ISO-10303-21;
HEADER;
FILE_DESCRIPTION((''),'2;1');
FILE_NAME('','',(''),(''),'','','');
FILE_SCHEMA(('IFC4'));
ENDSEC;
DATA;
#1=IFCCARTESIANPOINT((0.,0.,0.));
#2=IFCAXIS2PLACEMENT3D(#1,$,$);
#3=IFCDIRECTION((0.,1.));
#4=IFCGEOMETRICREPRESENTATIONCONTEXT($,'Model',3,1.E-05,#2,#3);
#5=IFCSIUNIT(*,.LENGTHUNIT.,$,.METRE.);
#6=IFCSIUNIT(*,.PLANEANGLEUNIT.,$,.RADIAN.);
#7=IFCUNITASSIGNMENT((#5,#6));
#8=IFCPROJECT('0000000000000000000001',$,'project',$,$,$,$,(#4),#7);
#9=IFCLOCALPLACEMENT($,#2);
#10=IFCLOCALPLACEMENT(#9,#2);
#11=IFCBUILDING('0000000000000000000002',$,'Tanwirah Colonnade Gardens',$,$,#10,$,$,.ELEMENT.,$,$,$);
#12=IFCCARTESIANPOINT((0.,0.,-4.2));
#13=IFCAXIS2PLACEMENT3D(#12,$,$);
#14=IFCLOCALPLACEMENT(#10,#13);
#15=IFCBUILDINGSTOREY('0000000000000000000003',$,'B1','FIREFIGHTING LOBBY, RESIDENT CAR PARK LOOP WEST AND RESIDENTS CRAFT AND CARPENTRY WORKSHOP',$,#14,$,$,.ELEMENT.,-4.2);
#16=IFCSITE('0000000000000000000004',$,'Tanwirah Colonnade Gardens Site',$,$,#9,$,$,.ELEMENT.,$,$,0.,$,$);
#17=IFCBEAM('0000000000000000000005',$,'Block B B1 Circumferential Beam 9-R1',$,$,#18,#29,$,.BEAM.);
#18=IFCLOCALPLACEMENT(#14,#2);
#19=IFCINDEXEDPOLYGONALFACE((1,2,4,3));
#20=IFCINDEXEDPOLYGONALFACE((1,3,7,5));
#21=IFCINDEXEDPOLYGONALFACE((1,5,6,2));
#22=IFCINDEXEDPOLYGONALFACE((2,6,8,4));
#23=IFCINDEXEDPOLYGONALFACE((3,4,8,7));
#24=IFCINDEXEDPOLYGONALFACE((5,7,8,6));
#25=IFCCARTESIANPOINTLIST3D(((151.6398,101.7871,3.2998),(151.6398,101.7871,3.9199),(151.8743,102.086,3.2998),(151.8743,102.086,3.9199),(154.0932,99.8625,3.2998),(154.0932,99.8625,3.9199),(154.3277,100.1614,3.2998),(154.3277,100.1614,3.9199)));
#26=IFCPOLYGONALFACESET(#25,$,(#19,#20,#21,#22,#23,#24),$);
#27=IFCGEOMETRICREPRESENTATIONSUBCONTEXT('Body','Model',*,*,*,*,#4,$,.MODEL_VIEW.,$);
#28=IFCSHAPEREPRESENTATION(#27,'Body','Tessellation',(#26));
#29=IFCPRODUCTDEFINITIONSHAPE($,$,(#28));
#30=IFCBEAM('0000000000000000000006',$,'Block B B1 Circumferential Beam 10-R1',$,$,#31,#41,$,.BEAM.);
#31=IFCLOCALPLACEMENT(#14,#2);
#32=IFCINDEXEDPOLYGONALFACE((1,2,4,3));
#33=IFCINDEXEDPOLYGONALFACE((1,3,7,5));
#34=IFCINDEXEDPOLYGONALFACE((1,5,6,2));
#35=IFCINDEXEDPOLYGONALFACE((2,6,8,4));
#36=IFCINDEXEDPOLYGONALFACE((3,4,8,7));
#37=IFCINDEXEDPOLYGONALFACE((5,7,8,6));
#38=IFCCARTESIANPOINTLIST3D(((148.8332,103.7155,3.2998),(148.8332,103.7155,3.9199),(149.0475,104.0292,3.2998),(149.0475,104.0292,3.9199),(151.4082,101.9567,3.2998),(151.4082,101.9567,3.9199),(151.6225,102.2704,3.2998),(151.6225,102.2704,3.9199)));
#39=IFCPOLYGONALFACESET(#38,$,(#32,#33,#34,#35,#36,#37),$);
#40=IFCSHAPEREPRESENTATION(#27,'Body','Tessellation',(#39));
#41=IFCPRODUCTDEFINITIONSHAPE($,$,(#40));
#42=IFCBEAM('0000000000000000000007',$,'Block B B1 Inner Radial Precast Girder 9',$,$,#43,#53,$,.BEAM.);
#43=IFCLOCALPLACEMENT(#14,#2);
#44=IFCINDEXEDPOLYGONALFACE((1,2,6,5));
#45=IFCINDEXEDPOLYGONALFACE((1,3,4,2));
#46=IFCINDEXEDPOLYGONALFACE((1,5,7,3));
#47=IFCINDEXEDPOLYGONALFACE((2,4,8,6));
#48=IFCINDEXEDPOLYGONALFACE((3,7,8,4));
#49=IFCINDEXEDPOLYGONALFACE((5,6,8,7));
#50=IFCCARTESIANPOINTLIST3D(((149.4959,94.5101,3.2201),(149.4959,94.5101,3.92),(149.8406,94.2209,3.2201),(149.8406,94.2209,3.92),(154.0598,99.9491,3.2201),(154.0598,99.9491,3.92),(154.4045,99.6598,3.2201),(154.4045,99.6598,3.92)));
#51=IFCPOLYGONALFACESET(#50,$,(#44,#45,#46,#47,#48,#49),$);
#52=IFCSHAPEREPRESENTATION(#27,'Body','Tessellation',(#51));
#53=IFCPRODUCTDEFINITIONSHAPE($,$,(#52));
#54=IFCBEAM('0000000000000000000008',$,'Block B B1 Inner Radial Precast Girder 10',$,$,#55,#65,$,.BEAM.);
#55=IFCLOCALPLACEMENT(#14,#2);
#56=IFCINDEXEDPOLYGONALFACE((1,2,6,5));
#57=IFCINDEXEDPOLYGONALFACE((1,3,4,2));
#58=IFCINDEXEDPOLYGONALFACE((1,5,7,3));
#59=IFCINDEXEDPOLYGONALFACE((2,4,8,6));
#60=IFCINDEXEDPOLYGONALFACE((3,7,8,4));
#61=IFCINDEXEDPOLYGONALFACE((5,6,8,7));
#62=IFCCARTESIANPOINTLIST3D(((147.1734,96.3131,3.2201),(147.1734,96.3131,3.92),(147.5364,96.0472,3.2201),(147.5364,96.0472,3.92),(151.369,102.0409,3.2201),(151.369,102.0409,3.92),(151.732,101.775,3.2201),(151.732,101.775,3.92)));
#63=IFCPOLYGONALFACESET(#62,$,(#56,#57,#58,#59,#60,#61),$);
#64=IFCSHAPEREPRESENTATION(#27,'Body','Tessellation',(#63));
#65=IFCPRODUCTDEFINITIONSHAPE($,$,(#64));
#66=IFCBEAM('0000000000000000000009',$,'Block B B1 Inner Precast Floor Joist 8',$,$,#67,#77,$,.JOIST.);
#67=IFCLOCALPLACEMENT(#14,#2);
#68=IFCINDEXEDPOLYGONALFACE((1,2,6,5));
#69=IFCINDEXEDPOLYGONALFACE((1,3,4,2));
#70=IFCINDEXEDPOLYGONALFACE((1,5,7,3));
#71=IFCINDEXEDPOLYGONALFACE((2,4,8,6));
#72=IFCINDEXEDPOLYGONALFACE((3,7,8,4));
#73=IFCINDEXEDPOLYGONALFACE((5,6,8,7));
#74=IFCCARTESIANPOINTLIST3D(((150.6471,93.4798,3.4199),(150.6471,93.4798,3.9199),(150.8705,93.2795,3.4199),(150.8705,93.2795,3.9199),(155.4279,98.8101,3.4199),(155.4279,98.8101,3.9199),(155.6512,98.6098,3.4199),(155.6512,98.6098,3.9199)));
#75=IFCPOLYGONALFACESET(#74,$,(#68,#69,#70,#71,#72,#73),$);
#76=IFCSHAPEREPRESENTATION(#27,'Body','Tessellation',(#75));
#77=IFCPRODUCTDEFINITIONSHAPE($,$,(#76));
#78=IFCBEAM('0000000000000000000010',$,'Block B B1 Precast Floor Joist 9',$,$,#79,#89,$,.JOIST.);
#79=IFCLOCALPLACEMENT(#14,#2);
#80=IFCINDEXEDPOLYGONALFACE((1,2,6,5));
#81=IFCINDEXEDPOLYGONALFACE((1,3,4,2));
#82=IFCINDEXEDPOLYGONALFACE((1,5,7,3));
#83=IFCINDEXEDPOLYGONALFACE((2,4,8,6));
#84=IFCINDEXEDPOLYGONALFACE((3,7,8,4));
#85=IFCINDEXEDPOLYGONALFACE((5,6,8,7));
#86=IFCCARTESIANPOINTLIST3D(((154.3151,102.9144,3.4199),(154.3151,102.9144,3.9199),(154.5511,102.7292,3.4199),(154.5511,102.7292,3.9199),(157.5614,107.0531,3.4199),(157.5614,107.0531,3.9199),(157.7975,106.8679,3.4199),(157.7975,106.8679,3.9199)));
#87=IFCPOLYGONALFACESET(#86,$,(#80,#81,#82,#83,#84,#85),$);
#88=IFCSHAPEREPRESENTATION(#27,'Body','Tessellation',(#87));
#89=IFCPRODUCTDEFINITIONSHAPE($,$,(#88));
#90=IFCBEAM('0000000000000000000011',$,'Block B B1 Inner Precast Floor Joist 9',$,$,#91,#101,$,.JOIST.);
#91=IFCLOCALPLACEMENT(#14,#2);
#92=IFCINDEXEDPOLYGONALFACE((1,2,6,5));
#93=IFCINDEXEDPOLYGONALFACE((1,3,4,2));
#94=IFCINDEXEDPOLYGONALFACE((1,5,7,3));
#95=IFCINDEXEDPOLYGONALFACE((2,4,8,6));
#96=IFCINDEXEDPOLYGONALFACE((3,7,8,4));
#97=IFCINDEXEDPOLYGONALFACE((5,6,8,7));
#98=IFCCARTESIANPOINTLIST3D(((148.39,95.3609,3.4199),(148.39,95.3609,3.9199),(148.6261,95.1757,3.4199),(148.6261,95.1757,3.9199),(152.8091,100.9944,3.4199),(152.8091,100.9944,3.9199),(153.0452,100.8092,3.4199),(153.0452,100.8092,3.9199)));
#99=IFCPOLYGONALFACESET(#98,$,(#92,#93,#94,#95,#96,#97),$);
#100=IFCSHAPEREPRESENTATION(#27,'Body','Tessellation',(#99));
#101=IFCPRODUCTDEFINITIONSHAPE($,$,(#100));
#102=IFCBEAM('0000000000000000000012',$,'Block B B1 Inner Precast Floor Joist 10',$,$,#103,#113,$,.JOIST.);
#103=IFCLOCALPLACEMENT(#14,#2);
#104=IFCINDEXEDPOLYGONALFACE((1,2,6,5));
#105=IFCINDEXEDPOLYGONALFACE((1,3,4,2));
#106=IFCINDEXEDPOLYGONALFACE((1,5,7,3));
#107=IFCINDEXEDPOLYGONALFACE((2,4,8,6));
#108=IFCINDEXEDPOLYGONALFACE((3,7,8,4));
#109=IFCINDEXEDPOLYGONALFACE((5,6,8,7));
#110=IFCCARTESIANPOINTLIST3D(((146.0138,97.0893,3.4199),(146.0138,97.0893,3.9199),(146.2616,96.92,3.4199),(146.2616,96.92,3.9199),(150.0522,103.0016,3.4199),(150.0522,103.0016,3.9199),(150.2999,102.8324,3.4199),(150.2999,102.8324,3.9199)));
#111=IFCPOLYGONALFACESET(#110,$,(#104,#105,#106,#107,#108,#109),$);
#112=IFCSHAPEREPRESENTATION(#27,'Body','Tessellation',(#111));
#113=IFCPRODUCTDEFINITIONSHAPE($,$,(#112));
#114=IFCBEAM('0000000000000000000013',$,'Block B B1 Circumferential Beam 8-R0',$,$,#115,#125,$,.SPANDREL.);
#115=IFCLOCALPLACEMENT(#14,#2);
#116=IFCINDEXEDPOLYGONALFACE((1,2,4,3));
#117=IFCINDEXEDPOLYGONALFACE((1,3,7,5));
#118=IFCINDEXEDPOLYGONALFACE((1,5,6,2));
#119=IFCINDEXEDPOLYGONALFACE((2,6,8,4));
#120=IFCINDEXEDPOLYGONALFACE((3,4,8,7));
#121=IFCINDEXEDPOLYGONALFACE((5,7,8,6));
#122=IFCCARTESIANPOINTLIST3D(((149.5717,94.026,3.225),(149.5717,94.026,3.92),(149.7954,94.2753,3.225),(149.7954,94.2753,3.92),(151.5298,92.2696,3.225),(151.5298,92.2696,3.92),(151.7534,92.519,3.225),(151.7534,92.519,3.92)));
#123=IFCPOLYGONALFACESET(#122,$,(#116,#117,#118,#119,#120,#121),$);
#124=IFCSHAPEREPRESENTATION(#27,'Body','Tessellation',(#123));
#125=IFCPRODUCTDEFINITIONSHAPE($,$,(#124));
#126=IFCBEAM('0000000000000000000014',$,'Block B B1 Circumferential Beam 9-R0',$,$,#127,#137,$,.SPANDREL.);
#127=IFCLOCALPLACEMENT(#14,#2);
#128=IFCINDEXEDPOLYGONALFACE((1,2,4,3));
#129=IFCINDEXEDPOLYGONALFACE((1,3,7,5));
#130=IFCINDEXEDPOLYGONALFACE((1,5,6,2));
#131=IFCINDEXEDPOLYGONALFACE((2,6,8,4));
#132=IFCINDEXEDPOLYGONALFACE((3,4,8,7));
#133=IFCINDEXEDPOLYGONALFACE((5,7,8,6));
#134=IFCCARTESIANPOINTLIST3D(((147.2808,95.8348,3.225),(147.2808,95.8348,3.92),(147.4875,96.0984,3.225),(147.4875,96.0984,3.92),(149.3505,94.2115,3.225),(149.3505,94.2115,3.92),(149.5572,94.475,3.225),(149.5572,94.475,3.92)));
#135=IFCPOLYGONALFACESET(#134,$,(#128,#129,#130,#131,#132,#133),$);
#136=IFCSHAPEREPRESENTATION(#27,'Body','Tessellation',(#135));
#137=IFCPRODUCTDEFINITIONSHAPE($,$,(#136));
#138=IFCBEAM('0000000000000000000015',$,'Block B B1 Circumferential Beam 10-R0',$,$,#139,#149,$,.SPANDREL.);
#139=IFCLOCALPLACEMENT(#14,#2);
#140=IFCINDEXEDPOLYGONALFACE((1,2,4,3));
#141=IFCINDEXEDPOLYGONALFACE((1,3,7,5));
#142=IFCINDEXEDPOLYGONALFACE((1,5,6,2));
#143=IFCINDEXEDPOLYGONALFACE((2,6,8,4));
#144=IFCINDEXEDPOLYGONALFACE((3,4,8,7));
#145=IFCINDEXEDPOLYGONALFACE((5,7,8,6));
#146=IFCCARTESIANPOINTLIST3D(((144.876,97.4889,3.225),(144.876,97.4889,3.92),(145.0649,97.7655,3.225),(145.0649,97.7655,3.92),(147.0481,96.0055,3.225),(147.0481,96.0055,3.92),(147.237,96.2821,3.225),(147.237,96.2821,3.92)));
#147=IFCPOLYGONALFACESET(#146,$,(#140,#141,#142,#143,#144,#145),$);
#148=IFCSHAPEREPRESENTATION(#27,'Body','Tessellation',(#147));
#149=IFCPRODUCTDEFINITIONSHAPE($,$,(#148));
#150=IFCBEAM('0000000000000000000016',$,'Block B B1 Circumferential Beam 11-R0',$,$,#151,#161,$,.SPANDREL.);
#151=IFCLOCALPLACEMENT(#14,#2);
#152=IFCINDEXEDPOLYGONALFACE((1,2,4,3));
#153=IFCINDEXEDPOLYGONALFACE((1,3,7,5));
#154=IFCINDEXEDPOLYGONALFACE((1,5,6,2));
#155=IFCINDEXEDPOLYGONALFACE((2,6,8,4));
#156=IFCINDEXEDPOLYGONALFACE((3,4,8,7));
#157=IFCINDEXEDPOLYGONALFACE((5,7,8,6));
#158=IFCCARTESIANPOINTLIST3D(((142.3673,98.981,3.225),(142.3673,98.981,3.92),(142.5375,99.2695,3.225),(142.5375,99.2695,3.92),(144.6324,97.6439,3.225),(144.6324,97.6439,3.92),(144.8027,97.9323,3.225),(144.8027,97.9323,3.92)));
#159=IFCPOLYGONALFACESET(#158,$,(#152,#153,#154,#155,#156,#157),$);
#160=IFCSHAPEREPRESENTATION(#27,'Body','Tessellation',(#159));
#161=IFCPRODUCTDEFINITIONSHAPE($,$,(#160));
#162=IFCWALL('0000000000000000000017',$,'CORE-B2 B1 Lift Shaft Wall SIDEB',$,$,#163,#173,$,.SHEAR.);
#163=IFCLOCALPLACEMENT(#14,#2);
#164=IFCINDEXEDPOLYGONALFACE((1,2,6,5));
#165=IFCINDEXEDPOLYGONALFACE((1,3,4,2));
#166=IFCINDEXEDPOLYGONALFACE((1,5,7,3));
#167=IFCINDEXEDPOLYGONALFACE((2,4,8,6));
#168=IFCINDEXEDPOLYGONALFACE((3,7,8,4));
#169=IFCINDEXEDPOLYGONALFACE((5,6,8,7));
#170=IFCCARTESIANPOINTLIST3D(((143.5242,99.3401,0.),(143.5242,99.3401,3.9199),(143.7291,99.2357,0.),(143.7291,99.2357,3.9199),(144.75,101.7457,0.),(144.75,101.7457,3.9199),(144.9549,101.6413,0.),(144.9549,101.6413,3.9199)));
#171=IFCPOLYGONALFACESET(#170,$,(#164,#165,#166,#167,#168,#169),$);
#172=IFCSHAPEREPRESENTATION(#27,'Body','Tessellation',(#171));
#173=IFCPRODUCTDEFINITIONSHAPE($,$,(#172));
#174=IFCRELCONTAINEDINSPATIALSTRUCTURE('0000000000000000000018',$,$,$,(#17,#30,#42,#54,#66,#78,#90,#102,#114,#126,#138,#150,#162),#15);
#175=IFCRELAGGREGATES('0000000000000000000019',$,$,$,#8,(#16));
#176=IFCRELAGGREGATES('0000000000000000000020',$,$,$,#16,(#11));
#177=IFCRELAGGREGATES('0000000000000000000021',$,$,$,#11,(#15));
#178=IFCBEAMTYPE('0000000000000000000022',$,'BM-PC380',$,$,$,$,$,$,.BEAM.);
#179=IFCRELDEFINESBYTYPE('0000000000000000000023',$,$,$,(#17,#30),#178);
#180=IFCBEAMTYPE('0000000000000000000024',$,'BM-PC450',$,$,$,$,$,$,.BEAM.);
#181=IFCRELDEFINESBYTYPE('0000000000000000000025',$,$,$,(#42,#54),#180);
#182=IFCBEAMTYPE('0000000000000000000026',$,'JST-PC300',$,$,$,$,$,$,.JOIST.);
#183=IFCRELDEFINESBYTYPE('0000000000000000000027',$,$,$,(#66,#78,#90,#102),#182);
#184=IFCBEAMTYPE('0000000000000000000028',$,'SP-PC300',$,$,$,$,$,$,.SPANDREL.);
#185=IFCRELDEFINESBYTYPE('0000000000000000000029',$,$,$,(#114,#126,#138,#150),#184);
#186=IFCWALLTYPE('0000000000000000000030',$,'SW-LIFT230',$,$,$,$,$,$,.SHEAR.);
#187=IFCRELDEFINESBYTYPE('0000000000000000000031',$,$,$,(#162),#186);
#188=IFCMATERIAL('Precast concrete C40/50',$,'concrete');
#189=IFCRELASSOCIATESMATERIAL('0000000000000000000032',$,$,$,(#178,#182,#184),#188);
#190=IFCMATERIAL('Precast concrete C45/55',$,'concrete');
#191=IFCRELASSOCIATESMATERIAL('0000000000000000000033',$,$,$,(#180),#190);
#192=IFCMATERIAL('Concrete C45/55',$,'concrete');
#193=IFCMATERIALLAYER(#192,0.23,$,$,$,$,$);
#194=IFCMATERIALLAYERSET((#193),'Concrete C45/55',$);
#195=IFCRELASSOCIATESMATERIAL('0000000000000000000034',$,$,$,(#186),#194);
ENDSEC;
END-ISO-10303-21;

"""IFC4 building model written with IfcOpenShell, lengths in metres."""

from ifc_helpers import new_model, si_unit, direction, frame, frame_2d, origin, origin_2d, place, context, subcontext, project, spatial, rectangle, extrude, material, layer, layer_set, material_profile, profile_set, type_object, element, save


model = new_model("IFC4")

# Units and contexts
model_context = context("Model", 3, precision=1e-05, world=origin(), true_north=direction((0.0, 1.0)))
body_context = subcontext(model_context, "Body", "Model", "MODEL_VIEW")
ifc_project = project(units=[si_unit("LENGTHUNIT", "METRE"), si_unit("PLANEANGLEUNIT", "RADIAN")], contexts=[model_context])

# Site, building, storey
site_placement = place(None, origin())
site = spatial("IfcSite", under=ifc_project, at=site_placement, Name="Tanwirah Colonnade Gardens Site", CompositionType="ELEMENT", RefElevation=0.0)
building_placement = place(site_placement, origin())
building = spatial("IfcBuilding", under=site, at=building_placement, Name="Tanwirah Colonnade Gardens", CompositionType="ELEMENT")
storey_placement = place(building_placement, frame((0.0, 0.0, -4.2)))
storey = spatial("IfcBuildingStorey", under=building, at=storey_placement, Name="B1", Description="FIREFIGHTING LOBBY, RESIDENT CAR PARK LOOP WEST AND RESIDENTS CRAFT AND CARPENTRY WORKSHOP", CompositionType="ELEMENT", Elevation=-4.2)

# Shared definitions
ifc_material_1 = material(Name="Concrete C45/55", Category="concrete")

# Beams
ifc_material_2 = material(Name="Precast concrete C40/50", Category="concrete")
ifc_material_profile_1 = material_profile(ifc_material_2, rectangle(XDim=0.3799, YDim=0.6201, at=origin_2d()), Name="PC-BM 380x620")
ifc_profile_set_1 = profile_set([ifc_material_profile_1], Name="Precast concrete C40/50")
beam_type_1 = type_object("IfcBeamType", Name="BM-PC380", PredefinedType="BEAM", material=ifc_profile_set_1)
beam_1_placement = place(storey_placement, frame((154.2104, 100.012, 3.6099), z_axis=(-0.786799, 0.617209, 0.0), x_axis=(-0.617209, -0.786799, 0.0)))
element("IfcBeam", 1, at=beam_1_placement, inside=storey, type_object=beam_type_1, Name="Block B B1 Circumferential Beam 9-R1", PredefinedType="BEAM", context=body_context, shape_type="SweptSolid", body=[
    extrude(rectangle(XDim=0.3799, YDim=0.6201, at=origin_2d()), origin(), (0.0, 0.0, 1.0), 3.1182),
])
beam_2_placement = place(storey_placement, frame((151.5154, 102.1135, 3.6099), z_axis=(-0.825758, 0.564024, 0.0), x_axis=(-0.564024, -0.825758, 0.0)))
element("IfcBeam", 2, at=beam_2_placement, inside=storey, type_object=beam_type_1, Name="Block B B1 Circumferential Beam 10-R1", PredefinedType="BEAM", context=body_context, shape_type="SweptSolid", body=[
    extrude(rectangle(XDim=0.3799, YDim=0.6201, at=origin_2d()), origin(), (0.0, 0.0, 1.0), 3.1184),
])
ifc_material_3 = material(Name="Precast concrete C45/55", Category="concrete")
ifc_material_profile_2 = material_profile(ifc_material_3, rectangle(XDim=0.45, YDim=0.7, at=origin_2d()), Name="PC-BM 450x700")
ifc_profile_set_2 = profile_set([ifc_material_profile_2], Name="Precast concrete C45/55")
beam_type_2 = type_object("IfcBeamType", Name="BM-PC450", PredefinedType="BEAM", material=ifc_profile_set_2)
for number, where, z_axis, x_axis, name in (
    (3, (154.2322, 99.8044, 3.5701), (-0.642798, -0.766035, 0.0), (0.766035, -0.642798, 0.0), "Block B B1 Inner Radial Precast Girder 9"),
    (4, (151.5505, 101.908, 3.5701), (-0.590922, -0.806728, 0.0), (0.806728, -0.590922, 0.0), "Block B B1 Inner Radial Precast Girder 10"),
):
    element("IfcBeam", number, at=place(storey_placement, frame(where, z_axis=z_axis, x_axis=x_axis)), inside=storey, type_object=beam_type_2, Name=name, PredefinedType="BEAM", context=body_context, shape_type="SweptSolid", body=[
        extrude(rectangle(XDim=0.45, YDim=0.7, at=origin_2d()), origin(), (0.0, 0.0, 1.0), 7.1001),
    ])
ifc_material_profile_3 = material_profile(ifc_material_2, rectangle(XDim=0.3, YDim=0.5, at=origin_2d()), Name="PC-JST 300x500")
ifc_profile_set_3 = profile_set([ifc_material_profile_3], Name="Precast concrete C40/50")
beam_type_3 = type_object("IfcBeamType", Name="JST-PC300", PredefinedType="JOIST", material=ifc_profile_set_3)
beam_3_placement = place(storey_placement, frame((150.7588, 93.3796, 3.6699), z_axis=(0.667688, 0.744441, 0.0), x_axis=(-0.744441, 0.667688, 0.0)))
element("IfcBeam", 5, at=beam_3_placement, inside=storey, type_object=beam_type_3, Name="Block B B1 Inner Precast Floor Joist 8", PredefinedType="JOIST", context=body_context, shape_type="SweptSolid", body=[
    extrude(rectangle(XDim=0.3, YDim=0.5, at=origin_2d()), origin(), (0.0, 0.0, 1.0), 7.1602),
])
beam_4_placement = place(storey_placement, frame((154.4331, 102.8218, 3.6699), z_axis=(0.617178, 0.786824, 0.0), x_axis=(-0.786824, 0.617178, 0.0)))
element("IfcBeam", 6, at=beam_4_placement, inside=storey, type_object=beam_type_3, Name="Block B B1 Precast Floor Joist 9", PredefinedType="JOIST", context=body_context, shape_type="SweptSolid", body=[
    extrude(rectangle(XDim=0.3, YDim=0.5, at=origin_2d()), origin(), (0.0, 0.0, 1.0), 5.26),
])
for number, where, z_axis, x_axis, name in (
    (7, (148.5081, 95.2683, 3.6699), (0.617202, 0.786804, 0.0), (-0.786804, 0.617202, 0.0), "Block B B1 Inner Precast Floor Joist 9"),
    (8, (146.1377, 97.0046, 3.6699), (0.564021, 0.82576, 0.0), (-0.82576, 0.564021, 0.0), "Block B B1 Inner Precast Floor Joist 10"),
):
    element("IfcBeam", number, at=place(storey_placement, frame(where, z_axis=z_axis, x_axis=x_axis)), inside=storey, type_object=beam_type_3, Name=name, PredefinedType="JOIST", context=body_context, shape_type="SweptSolid", body=[
        extrude(rectangle(XDim=0.3, YDim=0.5, at=origin_2d()), origin(), (0.0, 0.0, 1.0), 7.1599),
    ])
ifc_material_profile_4 = material_profile(ifc_material_2, rectangle(XDim=0.335, YDim=0.6951, at=origin_2d()), Name="PC-SP 335x695")
ifc_profile_set_4 = profile_set([ifc_material_profile_4], Name="Precast concrete C40/50")
beam_type_4 = type_object("IfcBeamType", Name="SP-PC300", PredefinedType="SPANDREL", material=ifc_profile_set_4)
for number, where, z_axis, x_axis, name in (
    (9, (151.6416, 92.3943, 3.5725), (-0.744401, 0.667733, 0.0), (-0.667733, -0.744401, 0.0), "Block B B1 Circumferential Beam 8-R0"),
    (10, (149.4539, 94.3433, 3.5725), (-0.786837, 0.617161, 0.0), (-0.617161, -0.786837, 0.0), "Block B B1 Circumferential Beam 9-R0"),
    (11, (147.1426, 96.1438, 3.5725), (-0.825801, 0.563962, 0.0), (-0.563962, -0.825801, 0.0), "Block B B1 Circumferential Beam 10-R0"),
    (12, (144.7175, 97.7881, 3.5725), (-0.861148, 0.508354, 0.0), (-0.508354, -0.861148, 0.0), "Block B B1 Circumferential Beam 11-R0"),
):
    element("IfcBeam", number, at=place(storey_placement, frame(where, z_axis=z_axis, x_axis=x_axis)), inside=storey, type_object=beam_type_4, Name=name, PredefinedType="SPANDREL", context=body_context, shape_type="SweptSolid", body=[
        extrude(rectangle(XDim=0.335, YDim=0.6951, at=origin_2d()), origin(), (0.0, 0.0, 1.0), 2.6304),
    ])

# Wall
ifc_layer = layer(ifc_material_1, 0.23)
ifc_layer_set = layer_set([ifc_layer], Name="Concrete C45/55")
wall_type = type_object("IfcWallType", Name="SW-LIFT230", PredefinedType="SHEAR", material=ifc_layer_set)
wall_placement = place(storey_placement, frame((144.8525, 101.6936, 0.0), z_axis=(0.0, 0.0, 1.0), x_axis=(-0.454037, -0.890983, 0.0)))
element("IfcWall", 13, at=wall_placement, inside=storey, type_object=wall_type, Name="CORE-B2 B1 Lift Shaft Wall SIDEB", PredefinedType="SHEAR", context=body_context, shape_type="SweptSolid", body=[
    extrude(rectangle(XDim=2.7, YDim=0.23, at=frame_2d((1.3501, 0.0))), origin(), (0.0, 0.0, 1.0), 3.9199),
])

save(model, "model.ifc")
